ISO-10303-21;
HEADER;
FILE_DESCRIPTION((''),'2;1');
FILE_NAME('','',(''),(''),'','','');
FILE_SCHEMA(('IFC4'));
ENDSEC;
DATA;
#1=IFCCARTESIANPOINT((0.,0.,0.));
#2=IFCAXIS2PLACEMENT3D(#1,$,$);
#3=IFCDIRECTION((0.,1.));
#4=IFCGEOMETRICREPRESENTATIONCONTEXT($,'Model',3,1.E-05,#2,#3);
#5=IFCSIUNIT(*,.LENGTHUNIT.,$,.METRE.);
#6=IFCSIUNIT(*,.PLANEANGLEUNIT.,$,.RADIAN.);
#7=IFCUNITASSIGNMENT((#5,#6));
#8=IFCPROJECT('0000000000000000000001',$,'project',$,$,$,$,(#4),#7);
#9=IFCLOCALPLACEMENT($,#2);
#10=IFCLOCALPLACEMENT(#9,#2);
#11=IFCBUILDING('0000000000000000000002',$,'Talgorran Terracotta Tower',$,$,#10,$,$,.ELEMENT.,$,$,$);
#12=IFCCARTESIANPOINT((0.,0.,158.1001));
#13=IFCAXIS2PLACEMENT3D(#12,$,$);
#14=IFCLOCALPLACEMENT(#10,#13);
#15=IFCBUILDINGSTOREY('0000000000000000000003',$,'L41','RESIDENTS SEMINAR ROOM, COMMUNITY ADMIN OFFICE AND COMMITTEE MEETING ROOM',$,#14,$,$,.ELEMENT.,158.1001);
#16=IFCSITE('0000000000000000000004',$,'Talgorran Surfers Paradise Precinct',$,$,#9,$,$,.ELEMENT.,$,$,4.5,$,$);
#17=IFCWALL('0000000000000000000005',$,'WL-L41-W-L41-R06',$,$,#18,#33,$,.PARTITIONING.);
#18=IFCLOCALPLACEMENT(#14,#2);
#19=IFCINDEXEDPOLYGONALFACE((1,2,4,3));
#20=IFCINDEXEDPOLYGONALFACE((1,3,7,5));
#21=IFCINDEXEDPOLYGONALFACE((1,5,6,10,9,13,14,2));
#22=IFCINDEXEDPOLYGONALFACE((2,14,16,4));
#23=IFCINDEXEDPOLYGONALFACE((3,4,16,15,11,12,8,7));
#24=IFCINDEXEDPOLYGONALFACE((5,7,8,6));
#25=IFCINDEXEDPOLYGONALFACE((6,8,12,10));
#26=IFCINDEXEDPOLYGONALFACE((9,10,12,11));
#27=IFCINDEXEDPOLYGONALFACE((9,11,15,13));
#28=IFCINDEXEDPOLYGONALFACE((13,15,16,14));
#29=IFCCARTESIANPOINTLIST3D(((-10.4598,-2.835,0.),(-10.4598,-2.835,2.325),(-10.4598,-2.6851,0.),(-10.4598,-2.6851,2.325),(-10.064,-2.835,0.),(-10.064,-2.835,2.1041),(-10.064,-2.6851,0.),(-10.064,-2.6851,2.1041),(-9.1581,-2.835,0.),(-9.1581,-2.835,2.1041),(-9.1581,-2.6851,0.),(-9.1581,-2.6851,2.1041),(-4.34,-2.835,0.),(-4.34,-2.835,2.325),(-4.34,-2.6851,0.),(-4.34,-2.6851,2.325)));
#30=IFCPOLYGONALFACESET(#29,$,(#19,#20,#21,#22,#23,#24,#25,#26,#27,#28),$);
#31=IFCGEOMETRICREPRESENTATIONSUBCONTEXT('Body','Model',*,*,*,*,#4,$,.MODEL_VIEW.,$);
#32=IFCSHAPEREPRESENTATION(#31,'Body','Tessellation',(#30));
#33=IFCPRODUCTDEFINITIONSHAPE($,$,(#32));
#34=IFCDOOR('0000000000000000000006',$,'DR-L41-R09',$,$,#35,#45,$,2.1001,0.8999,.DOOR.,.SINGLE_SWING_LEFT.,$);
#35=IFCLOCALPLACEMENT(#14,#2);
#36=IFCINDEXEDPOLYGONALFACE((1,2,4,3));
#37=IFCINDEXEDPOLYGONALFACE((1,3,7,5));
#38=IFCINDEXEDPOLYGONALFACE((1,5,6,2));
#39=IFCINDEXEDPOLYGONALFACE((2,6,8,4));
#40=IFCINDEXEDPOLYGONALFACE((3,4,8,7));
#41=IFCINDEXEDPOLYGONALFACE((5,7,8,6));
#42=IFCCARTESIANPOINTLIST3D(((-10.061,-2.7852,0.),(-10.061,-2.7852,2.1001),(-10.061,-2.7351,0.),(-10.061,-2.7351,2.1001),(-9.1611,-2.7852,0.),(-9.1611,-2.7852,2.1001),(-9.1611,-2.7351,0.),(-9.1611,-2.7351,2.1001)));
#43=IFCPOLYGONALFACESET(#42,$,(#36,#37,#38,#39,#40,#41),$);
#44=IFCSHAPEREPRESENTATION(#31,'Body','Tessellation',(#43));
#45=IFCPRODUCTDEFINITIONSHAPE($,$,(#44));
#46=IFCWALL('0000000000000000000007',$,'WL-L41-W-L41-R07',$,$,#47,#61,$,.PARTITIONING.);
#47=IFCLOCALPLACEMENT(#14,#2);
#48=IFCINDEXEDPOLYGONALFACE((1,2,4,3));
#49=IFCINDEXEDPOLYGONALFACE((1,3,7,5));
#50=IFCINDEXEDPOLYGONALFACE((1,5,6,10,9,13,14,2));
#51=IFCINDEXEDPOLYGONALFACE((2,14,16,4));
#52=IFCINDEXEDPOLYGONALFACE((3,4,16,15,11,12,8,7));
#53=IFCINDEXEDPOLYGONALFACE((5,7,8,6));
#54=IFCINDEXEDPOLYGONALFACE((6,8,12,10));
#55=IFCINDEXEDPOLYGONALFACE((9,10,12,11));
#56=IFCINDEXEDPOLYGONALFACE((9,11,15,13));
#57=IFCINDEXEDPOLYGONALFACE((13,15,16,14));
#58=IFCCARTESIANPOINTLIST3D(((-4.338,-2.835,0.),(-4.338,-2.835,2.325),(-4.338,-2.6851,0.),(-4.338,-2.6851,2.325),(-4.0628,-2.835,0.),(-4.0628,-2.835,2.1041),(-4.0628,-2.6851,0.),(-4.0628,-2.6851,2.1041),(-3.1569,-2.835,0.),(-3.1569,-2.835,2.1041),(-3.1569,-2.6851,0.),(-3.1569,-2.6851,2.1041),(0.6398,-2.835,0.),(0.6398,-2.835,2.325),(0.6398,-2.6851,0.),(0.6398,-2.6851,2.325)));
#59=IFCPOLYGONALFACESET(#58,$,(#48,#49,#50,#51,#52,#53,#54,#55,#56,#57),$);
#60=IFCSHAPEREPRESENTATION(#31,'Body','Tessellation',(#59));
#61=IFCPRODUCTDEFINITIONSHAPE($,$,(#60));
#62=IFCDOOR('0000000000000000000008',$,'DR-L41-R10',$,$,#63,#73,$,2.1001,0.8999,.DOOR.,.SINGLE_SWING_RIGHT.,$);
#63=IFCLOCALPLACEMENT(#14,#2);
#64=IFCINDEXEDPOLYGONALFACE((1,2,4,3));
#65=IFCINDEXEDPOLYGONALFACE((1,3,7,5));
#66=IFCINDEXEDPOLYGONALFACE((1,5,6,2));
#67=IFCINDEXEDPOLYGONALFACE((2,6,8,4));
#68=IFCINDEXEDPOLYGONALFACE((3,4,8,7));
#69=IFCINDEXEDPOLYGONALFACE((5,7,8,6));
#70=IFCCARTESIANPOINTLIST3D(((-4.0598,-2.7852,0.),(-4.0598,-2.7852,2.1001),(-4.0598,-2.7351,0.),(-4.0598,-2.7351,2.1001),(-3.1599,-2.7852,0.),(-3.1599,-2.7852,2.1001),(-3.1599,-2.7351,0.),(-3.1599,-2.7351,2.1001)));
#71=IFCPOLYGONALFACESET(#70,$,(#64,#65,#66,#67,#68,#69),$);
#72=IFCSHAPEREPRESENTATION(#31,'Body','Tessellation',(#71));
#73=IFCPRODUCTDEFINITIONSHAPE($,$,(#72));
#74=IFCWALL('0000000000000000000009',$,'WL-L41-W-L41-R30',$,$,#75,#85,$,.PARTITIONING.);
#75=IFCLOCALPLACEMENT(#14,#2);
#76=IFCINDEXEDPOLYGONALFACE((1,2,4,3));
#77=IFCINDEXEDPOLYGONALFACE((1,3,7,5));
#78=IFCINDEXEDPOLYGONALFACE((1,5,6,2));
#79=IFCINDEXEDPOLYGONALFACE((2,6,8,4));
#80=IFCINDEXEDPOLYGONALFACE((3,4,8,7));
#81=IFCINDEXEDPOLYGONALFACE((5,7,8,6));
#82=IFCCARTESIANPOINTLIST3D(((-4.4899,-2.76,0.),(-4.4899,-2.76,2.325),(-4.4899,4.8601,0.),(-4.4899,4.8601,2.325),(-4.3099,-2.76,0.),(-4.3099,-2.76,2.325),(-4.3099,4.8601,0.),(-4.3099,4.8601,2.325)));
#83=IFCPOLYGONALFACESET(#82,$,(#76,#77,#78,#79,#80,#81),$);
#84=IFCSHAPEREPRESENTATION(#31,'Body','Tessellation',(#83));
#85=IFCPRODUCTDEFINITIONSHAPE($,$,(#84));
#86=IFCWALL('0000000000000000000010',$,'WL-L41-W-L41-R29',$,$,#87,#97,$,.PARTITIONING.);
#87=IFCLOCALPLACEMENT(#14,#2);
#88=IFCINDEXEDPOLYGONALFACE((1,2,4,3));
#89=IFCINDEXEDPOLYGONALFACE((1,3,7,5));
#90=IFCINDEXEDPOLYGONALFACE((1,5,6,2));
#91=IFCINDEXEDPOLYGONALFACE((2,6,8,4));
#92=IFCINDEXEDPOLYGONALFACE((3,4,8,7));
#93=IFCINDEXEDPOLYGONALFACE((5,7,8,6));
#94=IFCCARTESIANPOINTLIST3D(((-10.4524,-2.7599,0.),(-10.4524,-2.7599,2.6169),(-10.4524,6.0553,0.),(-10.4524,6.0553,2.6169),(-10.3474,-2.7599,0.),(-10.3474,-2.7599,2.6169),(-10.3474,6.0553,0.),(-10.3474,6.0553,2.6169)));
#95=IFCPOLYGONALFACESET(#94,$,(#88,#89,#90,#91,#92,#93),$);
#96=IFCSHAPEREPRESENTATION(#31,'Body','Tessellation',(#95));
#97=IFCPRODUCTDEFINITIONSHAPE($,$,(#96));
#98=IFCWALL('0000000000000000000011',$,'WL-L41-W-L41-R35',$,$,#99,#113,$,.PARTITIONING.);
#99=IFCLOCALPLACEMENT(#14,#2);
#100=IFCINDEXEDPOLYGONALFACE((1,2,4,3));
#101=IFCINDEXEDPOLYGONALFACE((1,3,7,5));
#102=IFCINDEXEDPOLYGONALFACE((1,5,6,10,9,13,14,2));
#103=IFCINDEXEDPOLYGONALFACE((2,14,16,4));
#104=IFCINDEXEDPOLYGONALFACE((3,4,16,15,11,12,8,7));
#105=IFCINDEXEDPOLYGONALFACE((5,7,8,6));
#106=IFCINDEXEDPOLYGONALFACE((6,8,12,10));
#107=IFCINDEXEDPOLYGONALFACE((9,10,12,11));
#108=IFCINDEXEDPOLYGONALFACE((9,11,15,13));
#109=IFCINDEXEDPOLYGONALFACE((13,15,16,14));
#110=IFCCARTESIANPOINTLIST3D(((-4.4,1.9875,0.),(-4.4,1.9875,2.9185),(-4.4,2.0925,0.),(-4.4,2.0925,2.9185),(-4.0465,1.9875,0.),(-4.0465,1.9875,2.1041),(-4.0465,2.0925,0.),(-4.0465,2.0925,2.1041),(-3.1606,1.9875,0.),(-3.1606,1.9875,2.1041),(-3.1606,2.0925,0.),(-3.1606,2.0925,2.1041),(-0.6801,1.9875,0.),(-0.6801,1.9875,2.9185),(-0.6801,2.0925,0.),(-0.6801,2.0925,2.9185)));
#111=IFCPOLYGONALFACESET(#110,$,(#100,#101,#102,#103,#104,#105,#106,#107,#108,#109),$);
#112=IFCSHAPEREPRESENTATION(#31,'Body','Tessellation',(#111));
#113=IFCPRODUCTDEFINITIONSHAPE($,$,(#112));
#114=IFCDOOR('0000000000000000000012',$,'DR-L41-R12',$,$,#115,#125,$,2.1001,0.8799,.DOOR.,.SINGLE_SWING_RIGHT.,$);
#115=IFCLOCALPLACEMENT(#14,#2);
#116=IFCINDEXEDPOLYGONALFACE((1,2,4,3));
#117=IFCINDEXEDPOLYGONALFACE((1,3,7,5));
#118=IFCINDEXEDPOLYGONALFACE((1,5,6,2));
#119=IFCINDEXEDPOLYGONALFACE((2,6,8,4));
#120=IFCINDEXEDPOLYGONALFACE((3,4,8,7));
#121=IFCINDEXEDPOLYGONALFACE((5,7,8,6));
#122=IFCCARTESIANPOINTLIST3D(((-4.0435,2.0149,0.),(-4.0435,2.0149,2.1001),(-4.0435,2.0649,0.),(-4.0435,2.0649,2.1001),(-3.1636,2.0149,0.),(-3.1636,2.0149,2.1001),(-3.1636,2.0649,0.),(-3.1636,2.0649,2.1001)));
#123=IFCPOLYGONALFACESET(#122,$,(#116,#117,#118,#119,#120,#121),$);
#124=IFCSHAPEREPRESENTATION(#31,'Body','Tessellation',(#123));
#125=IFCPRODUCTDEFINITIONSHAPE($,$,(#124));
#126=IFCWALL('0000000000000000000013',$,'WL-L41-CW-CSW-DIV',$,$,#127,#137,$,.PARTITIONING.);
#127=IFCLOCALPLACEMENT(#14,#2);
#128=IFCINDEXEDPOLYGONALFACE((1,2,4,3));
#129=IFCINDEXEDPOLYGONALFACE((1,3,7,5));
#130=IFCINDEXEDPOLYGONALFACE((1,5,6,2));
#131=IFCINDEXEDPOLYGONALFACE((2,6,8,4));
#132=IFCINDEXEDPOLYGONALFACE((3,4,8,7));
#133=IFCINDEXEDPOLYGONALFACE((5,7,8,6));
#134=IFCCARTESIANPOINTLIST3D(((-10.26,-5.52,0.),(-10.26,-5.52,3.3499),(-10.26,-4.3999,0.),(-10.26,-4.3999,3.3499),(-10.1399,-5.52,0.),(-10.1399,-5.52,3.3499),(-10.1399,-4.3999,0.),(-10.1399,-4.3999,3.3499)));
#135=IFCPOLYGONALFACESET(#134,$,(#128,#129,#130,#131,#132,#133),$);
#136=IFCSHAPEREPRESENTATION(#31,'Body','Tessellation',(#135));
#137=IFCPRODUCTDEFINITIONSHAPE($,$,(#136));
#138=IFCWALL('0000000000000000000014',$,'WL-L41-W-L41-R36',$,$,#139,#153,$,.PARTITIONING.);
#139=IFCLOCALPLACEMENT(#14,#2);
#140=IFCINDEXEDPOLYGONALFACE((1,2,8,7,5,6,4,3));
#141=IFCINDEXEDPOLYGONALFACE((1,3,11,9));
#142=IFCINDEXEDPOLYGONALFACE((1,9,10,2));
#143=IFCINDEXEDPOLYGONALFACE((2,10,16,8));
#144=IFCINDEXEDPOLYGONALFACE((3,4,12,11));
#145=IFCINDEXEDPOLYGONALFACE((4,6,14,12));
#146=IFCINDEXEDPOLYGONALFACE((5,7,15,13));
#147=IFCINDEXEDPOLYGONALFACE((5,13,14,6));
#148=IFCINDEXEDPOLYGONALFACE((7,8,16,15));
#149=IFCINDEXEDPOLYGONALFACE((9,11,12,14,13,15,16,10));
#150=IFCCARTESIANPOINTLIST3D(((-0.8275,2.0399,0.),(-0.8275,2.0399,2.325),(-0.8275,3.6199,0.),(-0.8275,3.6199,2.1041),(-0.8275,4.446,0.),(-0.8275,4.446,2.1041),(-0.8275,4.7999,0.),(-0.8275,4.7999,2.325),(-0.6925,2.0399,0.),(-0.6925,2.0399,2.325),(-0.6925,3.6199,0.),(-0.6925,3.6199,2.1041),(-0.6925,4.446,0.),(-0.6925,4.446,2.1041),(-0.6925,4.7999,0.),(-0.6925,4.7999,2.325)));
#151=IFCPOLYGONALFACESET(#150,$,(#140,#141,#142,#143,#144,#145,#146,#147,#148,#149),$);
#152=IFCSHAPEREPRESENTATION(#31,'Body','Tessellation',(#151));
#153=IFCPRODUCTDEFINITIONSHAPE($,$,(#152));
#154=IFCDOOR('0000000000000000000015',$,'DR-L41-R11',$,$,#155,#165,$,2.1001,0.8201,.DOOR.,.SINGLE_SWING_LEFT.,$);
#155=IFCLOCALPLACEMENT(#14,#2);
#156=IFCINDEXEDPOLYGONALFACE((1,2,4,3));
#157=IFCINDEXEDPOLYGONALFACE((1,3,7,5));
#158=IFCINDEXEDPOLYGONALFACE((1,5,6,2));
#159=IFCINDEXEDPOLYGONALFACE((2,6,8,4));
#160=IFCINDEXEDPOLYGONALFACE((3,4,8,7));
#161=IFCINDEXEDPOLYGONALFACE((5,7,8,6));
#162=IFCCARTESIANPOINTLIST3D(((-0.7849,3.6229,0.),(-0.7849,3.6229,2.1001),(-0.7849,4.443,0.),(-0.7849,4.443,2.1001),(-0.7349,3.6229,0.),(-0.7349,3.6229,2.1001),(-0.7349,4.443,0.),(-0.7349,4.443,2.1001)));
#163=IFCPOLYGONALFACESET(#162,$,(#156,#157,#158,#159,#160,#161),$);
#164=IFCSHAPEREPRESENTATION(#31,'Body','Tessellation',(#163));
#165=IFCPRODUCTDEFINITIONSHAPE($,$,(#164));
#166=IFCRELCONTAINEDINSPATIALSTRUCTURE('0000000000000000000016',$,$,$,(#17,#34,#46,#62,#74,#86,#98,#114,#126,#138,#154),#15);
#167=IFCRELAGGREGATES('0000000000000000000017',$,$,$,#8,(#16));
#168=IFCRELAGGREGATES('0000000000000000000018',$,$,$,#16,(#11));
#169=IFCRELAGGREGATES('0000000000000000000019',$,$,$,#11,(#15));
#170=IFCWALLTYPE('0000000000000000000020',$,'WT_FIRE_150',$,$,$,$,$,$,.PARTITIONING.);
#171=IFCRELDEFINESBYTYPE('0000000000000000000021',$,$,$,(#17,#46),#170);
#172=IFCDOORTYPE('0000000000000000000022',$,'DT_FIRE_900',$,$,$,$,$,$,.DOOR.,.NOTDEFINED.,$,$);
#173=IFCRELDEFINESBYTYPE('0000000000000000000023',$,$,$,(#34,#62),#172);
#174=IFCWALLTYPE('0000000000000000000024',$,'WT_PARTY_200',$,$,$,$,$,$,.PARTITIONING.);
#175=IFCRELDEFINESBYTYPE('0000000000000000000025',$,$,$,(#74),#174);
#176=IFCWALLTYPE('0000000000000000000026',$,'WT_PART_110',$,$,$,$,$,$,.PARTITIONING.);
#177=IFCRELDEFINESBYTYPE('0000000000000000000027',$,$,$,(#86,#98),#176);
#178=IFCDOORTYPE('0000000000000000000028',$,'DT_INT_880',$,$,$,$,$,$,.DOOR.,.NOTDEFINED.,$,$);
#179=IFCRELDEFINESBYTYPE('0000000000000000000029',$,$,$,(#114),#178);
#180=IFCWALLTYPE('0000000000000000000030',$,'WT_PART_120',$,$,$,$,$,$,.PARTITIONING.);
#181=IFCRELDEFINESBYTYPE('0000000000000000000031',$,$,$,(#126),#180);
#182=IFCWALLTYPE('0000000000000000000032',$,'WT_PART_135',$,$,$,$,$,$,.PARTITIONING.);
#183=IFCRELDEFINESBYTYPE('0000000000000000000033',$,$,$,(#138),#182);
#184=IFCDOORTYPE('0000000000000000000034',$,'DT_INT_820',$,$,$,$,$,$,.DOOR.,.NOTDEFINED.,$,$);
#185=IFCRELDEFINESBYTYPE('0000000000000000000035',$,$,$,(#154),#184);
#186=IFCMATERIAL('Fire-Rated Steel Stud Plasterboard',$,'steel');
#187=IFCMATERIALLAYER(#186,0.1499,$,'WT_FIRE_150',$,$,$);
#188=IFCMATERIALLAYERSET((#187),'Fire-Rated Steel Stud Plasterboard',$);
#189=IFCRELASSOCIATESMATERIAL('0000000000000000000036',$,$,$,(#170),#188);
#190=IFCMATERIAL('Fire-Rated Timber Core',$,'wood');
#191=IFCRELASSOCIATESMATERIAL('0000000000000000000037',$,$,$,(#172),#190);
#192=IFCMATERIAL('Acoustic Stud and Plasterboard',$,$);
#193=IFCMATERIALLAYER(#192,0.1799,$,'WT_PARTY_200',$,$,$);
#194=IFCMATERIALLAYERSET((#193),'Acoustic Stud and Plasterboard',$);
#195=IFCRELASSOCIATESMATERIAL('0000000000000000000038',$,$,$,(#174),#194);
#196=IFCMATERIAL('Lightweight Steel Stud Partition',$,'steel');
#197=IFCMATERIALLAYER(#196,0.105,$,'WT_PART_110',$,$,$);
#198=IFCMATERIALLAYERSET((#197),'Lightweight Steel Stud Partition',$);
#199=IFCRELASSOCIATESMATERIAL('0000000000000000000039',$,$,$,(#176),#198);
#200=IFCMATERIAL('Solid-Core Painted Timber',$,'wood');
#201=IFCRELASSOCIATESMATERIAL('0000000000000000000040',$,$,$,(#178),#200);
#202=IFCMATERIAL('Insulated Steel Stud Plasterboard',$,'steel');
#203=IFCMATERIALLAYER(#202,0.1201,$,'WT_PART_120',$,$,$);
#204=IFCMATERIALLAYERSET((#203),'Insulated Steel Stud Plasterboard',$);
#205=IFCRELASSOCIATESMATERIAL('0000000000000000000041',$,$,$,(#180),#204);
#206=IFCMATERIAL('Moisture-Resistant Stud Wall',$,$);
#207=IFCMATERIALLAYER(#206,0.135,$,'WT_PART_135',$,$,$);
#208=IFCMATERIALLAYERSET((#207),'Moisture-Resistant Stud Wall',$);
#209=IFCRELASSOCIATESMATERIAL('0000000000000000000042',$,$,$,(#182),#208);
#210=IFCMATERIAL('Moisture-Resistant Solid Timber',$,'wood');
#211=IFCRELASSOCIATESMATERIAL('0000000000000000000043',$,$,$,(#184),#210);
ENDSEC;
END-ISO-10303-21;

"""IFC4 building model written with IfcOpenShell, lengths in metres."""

from ifc_helpers import new_model, si_unit, direction, frame, frame_2d, origin, place, context, subcontext, project, spatial, rectangle, extrude, material, layer, layer_set, type_object, element, fill, save


model = new_model("IFC4")

# Units and contexts
model_context = context("Model", 3, precision=1e-05, world=origin(), true_north=direction((0.0, 1.0)))
body_context = subcontext(model_context, "Body", "Model", "MODEL_VIEW")
ifc_project = project(units=[si_unit("LENGTHUNIT", "METRE"), si_unit("PLANEANGLEUNIT", "RADIAN")], contexts=[model_context])

# Site, building, storey
site_placement = place(None, origin())
site = spatial("IfcSite", under=ifc_project, at=site_placement, Name="Talgorran Surfers Paradise Precinct", CompositionType="ELEMENT", RefElevation=4.5)
building_placement = place(site_placement, origin())
building = spatial("IfcBuilding", under=site, at=building_placement, Name="Talgorran Terracotta Tower", CompositionType="ELEMENT")
storey_placement = place(building_placement, frame((0.0, 0.0, 158.1001)))
storey = spatial("IfcBuildingStorey", under=building, at=storey_placement, Name="L41", Description="RESIDENTS SEMINAR ROOM, COMMUNITY ADMIN OFFICE AND COMMITTEE MEETING ROOM", CompositionType="ELEMENT", Elevation=158.1001)

# Walls, openings, doors
ifc_material_1 = material(Name="Fire-Rated Steel Stud Plasterboard", Category="steel")
ifc_layer_1 = layer(ifc_material_1, 0.1499, Name="WT_FIRE_150")
ifc_layer_set_1 = layer_set([ifc_layer_1], Name="Fire-Rated Steel Stud Plasterboard")
wall_type_1 = type_object("IfcWallType", Name="WT_FIRE_150", PredefinedType="PARTITIONING", material=ifc_layer_set_1)
wall_1_placement = place(storey_placement, frame((-10.46, -2.76, 0.0), z_axis=(0.0, 0.0, 1.0), x_axis=(1.0, 0.0, 0.0)))
wall_1 = element("IfcWall", 1, at=wall_1_placement, inside=storey, type_object=wall_type_1, Name="WL-L41-W-L41-R06", PredefinedType="PARTITIONING", context=body_context, shape_type="SweptSolid", body=[
    extrude(rectangle(XDim=6.1199, YDim=0.1499, at=frame_2d((3.0601, 0.0))), origin(), (0.0, 0.0, 1.0), 2.325),
])
opening_1_placement = place(wall_1_placement, frame((0.3989, 0.0, 0.0)))
opening_1 = element("IfcOpeningElement", 2, at=opening_1_placement, cuts=wall_1, PredefinedType="OPENING", context=body_context, shape_type="SweptSolid", body=[
    extrude(rectangle(XDim=0.9059, YDim=2.1041, at=frame_2d((0.45, 1.052))), frame((0.0, 0.085, 0.0), z_axis=(0.0, -1.0, 0.0), x_axis=(1.0, 0.0, 0.0)), (0.0, 0.0, 1.0), 0.1699),
])
ifc_material_2 = material(Name="Fire-Rated Timber Core", Category="wood")
door_type_1 = type_object("IfcDoorType", Name="DT_FIRE_900", OperationType="NOTDEFINED", PredefinedType="DOOR", material=ifc_material_2)
door_1_placement = place(opening_1_placement, origin())
door_1 = element("IfcDoor", 3, at=door_1_placement, inside=storey, type_object=door_type_1, Name="DR-L41-R09", OperationType="SINGLE_SWING_LEFT", OverallHeight=2.1001, OverallWidth=0.8999, PredefinedType="DOOR", context=body_context, shape_type="SweptSolid", body=[
    extrude(rectangle(XDim=0.8999, YDim=2.1001, at=frame_2d((0.45, 1.05))), frame((0.0, 0.0249, 0.0), z_axis=(0.0, -1.0, 0.0), x_axis=(1.0, 0.0, 0.0)), (0.0, 0.0, 1.0), 0.05),
])
fill(opening_1, door_1)
wall_2_placement = place(storey_placement, frame((-4.3379, -2.76, 0.0), z_axis=(0.0, 0.0, 1.0), x_axis=(1.0, 0.0, 0.0)))
wall_2 = element("IfcWall", 4, at=wall_2_placement, inside=storey, type_object=wall_type_1, Name="WL-L41-W-L41-R07", PredefinedType="PARTITIONING", context=body_context, shape_type="SweptSolid", body=[
    extrude(rectangle(XDim=4.9778, YDim=0.1499, at=frame_2d((2.4888, 0.0))), origin(), (0.0, 0.0, 1.0), 2.325),
])
opening_2_placement = place(wall_2_placement, frame((0.2781, 0.0, 0.0)))
opening_2 = element("IfcOpeningElement", 5, at=opening_2_placement, cuts=wall_2, PredefinedType="OPENING", context=body_context, shape_type="SweptSolid", body=[
    extrude(rectangle(XDim=0.9059, YDim=2.1041, at=frame_2d((0.45, 1.052))), frame((0.0, 0.085, 0.0), z_axis=(0.0, -1.0, 0.0), x_axis=(1.0, 0.0, 0.0)), (0.0, 0.0, 1.0), 0.1699),
])
door_2_placement = place(opening_2_placement, origin())
door_2 = element("IfcDoor", 6, at=door_2_placement, inside=storey, type_object=door_type_1, Name="DR-L41-R10", OperationType="SINGLE_SWING_RIGHT", OverallHeight=2.1001, OverallWidth=0.8999, PredefinedType="DOOR", context=body_context, shape_type="SweptSolid", body=[
    extrude(rectangle(XDim=0.8999, YDim=2.1001, at=frame_2d((0.45, 1.05))), frame((0.0, 0.0249, 0.0), z_axis=(0.0, -1.0, 0.0), x_axis=(1.0, 0.0, 0.0)), (0.0, 0.0, 1.0), 0.05),
])
fill(opening_2, door_2)

# Walls
ifc_material_3 = material(Name="Acoustic Stud and Plasterboard")
ifc_layer_2 = layer(ifc_material_3, 0.1799, Name="WT_PARTY_200")
ifc_layer_set_2 = layer_set([ifc_layer_2], Name="Acoustic Stud and Plasterboard")
wall_type_2 = type_object("IfcWallType", Name="WT_PARTY_200", PredefinedType="PARTITIONING", material=ifc_layer_set_2)
wall_3_placement = place(storey_placement, frame((-4.3999, -2.76, 0.0), z_axis=(0.0, 0.0, 1.0), x_axis=(0.0, 1.0, 0.0)))
element("IfcWall", 7, at=wall_3_placement, inside=storey, type_object=wall_type_2, Name="WL-L41-W-L41-R30", PredefinedType="PARTITIONING", context=body_context, shape_type="SweptSolid", body=[
    extrude(rectangle(XDim=7.6201, YDim=0.1799, at=frame_2d((3.8101, 0.0))), origin(), (0.0, 0.0, 1.0), 2.325),
])
ifc_material_4 = material(Name="Lightweight Steel Stud Partition", Category="steel")
ifc_layer_3 = layer(ifc_material_4, 0.105, Name="WT_PART_110")
ifc_layer_set_3 = layer_set([ifc_layer_3], Name="Lightweight Steel Stud Partition")
wall_type_3 = type_object("IfcWallType", Name="WT_PART_110", PredefinedType="PARTITIONING", material=ifc_layer_set_3)
wall_4_placement = place(storey_placement, frame((-10.3999, -2.76, 0.0), z_axis=(0.0, 0.0, 1.0), x_axis=(0.0, 1.0, 0.0)))
element("IfcWall", 8, at=wall_4_placement, inside=storey, type_object=wall_type_3, Name="WL-L41-W-L41-R29", PredefinedType="PARTITIONING", context=body_context, shape_type="SweptSolid", body=[
    extrude(rectangle(XDim=8.8152, YDim=0.105, at=frame_2d((4.4077, 0.0))), origin(), (0.0, 0.0, 1.0), 2.6169),
])

# Wall, opening, door
wall_5_placement = place(storey_placement, frame((-4.3999, 2.04, 0.0), z_axis=(0.0, 0.0, 1.0), x_axis=(1.0, 0.0, 0.0)))
wall_5 = element("IfcWall", 9, at=wall_5_placement, inside=storey, type_object=wall_type_3, Name="WL-L41-W-L41-R35", PredefinedType="PARTITIONING", context=body_context, shape_type="SweptSolid", body=[
    extrude(rectangle(XDim=3.72, YDim=0.105, at=frame_2d((1.8599, 0.0))), origin(), (0.0, 0.0, 1.0), 2.9185),
])
opening_3_placement = place(wall_5_placement, frame((0.3564, 0.0, 0.0)))
opening_3 = element("IfcOpeningElement", 10, at=opening_3_placement, cuts=wall_5, PredefinedType="OPENING", context=body_context, shape_type="SweptSolid", body=[
    extrude(rectangle(XDim=0.8859, YDim=2.1041, at=frame_2d((0.4399, 1.052))), frame((0.0, 0.0625, 0.0), z_axis=(0.0, -1.0, 0.0), x_axis=(1.0, 0.0, 0.0)), (0.0, 0.0, 1.0), 0.125),
])
ifc_material_5 = material(Name="Solid-Core Painted Timber", Category="wood")
door_type_2 = type_object("IfcDoorType", Name="DT_INT_880", OperationType="NOTDEFINED", PredefinedType="DOOR", material=ifc_material_5)
door_3_placement = place(opening_3_placement, origin())
door_3 = element("IfcDoor", 11, at=door_3_placement, inside=storey, type_object=door_type_2, Name="DR-L41-R12", OperationType="SINGLE_SWING_RIGHT", OverallHeight=2.1001, OverallWidth=0.8799, PredefinedType="DOOR", context=body_context, shape_type="SweptSolid", body=[
    extrude(rectangle(XDim=0.8799, YDim=2.1001, at=frame_2d((0.4399, 1.05))), frame((0.0, 0.0249, 0.0), z_axis=(0.0, -1.0, 0.0), x_axis=(1.0, 0.0, 0.0)), (0.0, 0.0, 1.0), 0.05),
])
fill(opening_3, door_3)

# Wall
ifc_material_6 = material(Name="Insulated Steel Stud Plasterboard", Category="steel")
ifc_layer_4 = layer(ifc_material_6, 0.1201, Name="WT_PART_120")
ifc_layer_set_4 = layer_set([ifc_layer_4], Name="Insulated Steel Stud Plasterboard")
wall_type_4 = type_object("IfcWallType", Name="WT_PART_120", PredefinedType="PARTITIONING", material=ifc_layer_set_4)
wall_6_placement = place(storey_placement, frame((-10.2, -5.52, 0.0), z_axis=(0.0, 0.0, 1.0), x_axis=(0.0, 1.0, 0.0)))
element("IfcWall", 12, at=wall_6_placement, inside=storey, type_object=wall_type_4, Name="WL-L41-CW-CSW-DIV", PredefinedType="PARTITIONING", context=body_context, shape_type="SweptSolid", body=[
    extrude(rectangle(XDim=1.1201, YDim=0.1201, at=frame_2d((0.5601, 0.0))), origin(), (0.0, 0.0, 1.0), 3.3499),
])

# Wall, opening, door
ifc_material_7 = material(Name="Moisture-Resistant Stud Wall")
ifc_layer_5 = layer(ifc_material_7, 0.135, Name="WT_PART_135")
ifc_layer_set_5 = layer_set([ifc_layer_5], Name="Moisture-Resistant Stud Wall")
wall_type_5 = type_object("IfcWallType", Name="WT_PART_135", PredefinedType="PARTITIONING", material=ifc_layer_set_5)
wall_7_placement = place(storey_placement, frame((-0.76, 2.04, 0.0), z_axis=(0.0, 0.0, 1.0), x_axis=(0.0, 1.0, 0.0)))
wall_7 = element("IfcWall", 13, at=wall_7_placement, inside=storey, type_object=wall_type_5, Name="WL-L41-W-L41-R36", PredefinedType="PARTITIONING", context=body_context, shape_type="SweptSolid", body=[
    extrude(rectangle(XDim=2.76, YDim=0.135, at=frame_2d((1.3799, 0.0))), origin(), (0.0, 0.0, 1.0), 2.325),
])
opening_4_placement = place(wall_7_placement, frame((1.5828, 0.0, 0.0)))
opening_4 = element("IfcOpeningElement", 14, at=opening_4_placement, cuts=wall_7, PredefinedType="OPENING", context=body_context, shape_type="SweptSolid", body=[
    extrude(rectangle(XDim=0.8261, YDim=2.1041, at=frame_2d((0.4102, 1.052))), frame((0.0, 0.0776, 0.0), z_axis=(0.0, -1.0, 0.0), x_axis=(1.0, 0.0, 0.0)), (0.0, 0.0, 1.0), 0.155),
])
ifc_material_8 = material(Name="Moisture-Resistant Solid Timber", Category="wood")
door_type_3 = type_object("IfcDoorType", Name="DT_INT_820", OperationType="NOTDEFINED", PredefinedType="DOOR", material=ifc_material_8)
door_4_placement = place(opening_4_placement, origin())
door_4 = element("IfcDoor", 15, at=door_4_placement, inside=storey, type_object=door_type_3, Name="DR-L41-R11", OperationType="SINGLE_SWING_LEFT", OverallHeight=2.1001, OverallWidth=0.8201, PredefinedType="DOOR", context=body_context, shape_type="SweptSolid", body=[
    extrude(rectangle(XDim=0.8201, YDim=2.1001, at=frame_2d((0.4102, 1.05))), frame((0.0, 0.0249, 0.0), z_axis=(0.0, -1.0, 0.0), x_axis=(1.0, 0.0, 0.0)), (0.0, 0.0, 1.0), 0.05),
])
fill(opening_4, door_4)

save(model, "model.ifc")
